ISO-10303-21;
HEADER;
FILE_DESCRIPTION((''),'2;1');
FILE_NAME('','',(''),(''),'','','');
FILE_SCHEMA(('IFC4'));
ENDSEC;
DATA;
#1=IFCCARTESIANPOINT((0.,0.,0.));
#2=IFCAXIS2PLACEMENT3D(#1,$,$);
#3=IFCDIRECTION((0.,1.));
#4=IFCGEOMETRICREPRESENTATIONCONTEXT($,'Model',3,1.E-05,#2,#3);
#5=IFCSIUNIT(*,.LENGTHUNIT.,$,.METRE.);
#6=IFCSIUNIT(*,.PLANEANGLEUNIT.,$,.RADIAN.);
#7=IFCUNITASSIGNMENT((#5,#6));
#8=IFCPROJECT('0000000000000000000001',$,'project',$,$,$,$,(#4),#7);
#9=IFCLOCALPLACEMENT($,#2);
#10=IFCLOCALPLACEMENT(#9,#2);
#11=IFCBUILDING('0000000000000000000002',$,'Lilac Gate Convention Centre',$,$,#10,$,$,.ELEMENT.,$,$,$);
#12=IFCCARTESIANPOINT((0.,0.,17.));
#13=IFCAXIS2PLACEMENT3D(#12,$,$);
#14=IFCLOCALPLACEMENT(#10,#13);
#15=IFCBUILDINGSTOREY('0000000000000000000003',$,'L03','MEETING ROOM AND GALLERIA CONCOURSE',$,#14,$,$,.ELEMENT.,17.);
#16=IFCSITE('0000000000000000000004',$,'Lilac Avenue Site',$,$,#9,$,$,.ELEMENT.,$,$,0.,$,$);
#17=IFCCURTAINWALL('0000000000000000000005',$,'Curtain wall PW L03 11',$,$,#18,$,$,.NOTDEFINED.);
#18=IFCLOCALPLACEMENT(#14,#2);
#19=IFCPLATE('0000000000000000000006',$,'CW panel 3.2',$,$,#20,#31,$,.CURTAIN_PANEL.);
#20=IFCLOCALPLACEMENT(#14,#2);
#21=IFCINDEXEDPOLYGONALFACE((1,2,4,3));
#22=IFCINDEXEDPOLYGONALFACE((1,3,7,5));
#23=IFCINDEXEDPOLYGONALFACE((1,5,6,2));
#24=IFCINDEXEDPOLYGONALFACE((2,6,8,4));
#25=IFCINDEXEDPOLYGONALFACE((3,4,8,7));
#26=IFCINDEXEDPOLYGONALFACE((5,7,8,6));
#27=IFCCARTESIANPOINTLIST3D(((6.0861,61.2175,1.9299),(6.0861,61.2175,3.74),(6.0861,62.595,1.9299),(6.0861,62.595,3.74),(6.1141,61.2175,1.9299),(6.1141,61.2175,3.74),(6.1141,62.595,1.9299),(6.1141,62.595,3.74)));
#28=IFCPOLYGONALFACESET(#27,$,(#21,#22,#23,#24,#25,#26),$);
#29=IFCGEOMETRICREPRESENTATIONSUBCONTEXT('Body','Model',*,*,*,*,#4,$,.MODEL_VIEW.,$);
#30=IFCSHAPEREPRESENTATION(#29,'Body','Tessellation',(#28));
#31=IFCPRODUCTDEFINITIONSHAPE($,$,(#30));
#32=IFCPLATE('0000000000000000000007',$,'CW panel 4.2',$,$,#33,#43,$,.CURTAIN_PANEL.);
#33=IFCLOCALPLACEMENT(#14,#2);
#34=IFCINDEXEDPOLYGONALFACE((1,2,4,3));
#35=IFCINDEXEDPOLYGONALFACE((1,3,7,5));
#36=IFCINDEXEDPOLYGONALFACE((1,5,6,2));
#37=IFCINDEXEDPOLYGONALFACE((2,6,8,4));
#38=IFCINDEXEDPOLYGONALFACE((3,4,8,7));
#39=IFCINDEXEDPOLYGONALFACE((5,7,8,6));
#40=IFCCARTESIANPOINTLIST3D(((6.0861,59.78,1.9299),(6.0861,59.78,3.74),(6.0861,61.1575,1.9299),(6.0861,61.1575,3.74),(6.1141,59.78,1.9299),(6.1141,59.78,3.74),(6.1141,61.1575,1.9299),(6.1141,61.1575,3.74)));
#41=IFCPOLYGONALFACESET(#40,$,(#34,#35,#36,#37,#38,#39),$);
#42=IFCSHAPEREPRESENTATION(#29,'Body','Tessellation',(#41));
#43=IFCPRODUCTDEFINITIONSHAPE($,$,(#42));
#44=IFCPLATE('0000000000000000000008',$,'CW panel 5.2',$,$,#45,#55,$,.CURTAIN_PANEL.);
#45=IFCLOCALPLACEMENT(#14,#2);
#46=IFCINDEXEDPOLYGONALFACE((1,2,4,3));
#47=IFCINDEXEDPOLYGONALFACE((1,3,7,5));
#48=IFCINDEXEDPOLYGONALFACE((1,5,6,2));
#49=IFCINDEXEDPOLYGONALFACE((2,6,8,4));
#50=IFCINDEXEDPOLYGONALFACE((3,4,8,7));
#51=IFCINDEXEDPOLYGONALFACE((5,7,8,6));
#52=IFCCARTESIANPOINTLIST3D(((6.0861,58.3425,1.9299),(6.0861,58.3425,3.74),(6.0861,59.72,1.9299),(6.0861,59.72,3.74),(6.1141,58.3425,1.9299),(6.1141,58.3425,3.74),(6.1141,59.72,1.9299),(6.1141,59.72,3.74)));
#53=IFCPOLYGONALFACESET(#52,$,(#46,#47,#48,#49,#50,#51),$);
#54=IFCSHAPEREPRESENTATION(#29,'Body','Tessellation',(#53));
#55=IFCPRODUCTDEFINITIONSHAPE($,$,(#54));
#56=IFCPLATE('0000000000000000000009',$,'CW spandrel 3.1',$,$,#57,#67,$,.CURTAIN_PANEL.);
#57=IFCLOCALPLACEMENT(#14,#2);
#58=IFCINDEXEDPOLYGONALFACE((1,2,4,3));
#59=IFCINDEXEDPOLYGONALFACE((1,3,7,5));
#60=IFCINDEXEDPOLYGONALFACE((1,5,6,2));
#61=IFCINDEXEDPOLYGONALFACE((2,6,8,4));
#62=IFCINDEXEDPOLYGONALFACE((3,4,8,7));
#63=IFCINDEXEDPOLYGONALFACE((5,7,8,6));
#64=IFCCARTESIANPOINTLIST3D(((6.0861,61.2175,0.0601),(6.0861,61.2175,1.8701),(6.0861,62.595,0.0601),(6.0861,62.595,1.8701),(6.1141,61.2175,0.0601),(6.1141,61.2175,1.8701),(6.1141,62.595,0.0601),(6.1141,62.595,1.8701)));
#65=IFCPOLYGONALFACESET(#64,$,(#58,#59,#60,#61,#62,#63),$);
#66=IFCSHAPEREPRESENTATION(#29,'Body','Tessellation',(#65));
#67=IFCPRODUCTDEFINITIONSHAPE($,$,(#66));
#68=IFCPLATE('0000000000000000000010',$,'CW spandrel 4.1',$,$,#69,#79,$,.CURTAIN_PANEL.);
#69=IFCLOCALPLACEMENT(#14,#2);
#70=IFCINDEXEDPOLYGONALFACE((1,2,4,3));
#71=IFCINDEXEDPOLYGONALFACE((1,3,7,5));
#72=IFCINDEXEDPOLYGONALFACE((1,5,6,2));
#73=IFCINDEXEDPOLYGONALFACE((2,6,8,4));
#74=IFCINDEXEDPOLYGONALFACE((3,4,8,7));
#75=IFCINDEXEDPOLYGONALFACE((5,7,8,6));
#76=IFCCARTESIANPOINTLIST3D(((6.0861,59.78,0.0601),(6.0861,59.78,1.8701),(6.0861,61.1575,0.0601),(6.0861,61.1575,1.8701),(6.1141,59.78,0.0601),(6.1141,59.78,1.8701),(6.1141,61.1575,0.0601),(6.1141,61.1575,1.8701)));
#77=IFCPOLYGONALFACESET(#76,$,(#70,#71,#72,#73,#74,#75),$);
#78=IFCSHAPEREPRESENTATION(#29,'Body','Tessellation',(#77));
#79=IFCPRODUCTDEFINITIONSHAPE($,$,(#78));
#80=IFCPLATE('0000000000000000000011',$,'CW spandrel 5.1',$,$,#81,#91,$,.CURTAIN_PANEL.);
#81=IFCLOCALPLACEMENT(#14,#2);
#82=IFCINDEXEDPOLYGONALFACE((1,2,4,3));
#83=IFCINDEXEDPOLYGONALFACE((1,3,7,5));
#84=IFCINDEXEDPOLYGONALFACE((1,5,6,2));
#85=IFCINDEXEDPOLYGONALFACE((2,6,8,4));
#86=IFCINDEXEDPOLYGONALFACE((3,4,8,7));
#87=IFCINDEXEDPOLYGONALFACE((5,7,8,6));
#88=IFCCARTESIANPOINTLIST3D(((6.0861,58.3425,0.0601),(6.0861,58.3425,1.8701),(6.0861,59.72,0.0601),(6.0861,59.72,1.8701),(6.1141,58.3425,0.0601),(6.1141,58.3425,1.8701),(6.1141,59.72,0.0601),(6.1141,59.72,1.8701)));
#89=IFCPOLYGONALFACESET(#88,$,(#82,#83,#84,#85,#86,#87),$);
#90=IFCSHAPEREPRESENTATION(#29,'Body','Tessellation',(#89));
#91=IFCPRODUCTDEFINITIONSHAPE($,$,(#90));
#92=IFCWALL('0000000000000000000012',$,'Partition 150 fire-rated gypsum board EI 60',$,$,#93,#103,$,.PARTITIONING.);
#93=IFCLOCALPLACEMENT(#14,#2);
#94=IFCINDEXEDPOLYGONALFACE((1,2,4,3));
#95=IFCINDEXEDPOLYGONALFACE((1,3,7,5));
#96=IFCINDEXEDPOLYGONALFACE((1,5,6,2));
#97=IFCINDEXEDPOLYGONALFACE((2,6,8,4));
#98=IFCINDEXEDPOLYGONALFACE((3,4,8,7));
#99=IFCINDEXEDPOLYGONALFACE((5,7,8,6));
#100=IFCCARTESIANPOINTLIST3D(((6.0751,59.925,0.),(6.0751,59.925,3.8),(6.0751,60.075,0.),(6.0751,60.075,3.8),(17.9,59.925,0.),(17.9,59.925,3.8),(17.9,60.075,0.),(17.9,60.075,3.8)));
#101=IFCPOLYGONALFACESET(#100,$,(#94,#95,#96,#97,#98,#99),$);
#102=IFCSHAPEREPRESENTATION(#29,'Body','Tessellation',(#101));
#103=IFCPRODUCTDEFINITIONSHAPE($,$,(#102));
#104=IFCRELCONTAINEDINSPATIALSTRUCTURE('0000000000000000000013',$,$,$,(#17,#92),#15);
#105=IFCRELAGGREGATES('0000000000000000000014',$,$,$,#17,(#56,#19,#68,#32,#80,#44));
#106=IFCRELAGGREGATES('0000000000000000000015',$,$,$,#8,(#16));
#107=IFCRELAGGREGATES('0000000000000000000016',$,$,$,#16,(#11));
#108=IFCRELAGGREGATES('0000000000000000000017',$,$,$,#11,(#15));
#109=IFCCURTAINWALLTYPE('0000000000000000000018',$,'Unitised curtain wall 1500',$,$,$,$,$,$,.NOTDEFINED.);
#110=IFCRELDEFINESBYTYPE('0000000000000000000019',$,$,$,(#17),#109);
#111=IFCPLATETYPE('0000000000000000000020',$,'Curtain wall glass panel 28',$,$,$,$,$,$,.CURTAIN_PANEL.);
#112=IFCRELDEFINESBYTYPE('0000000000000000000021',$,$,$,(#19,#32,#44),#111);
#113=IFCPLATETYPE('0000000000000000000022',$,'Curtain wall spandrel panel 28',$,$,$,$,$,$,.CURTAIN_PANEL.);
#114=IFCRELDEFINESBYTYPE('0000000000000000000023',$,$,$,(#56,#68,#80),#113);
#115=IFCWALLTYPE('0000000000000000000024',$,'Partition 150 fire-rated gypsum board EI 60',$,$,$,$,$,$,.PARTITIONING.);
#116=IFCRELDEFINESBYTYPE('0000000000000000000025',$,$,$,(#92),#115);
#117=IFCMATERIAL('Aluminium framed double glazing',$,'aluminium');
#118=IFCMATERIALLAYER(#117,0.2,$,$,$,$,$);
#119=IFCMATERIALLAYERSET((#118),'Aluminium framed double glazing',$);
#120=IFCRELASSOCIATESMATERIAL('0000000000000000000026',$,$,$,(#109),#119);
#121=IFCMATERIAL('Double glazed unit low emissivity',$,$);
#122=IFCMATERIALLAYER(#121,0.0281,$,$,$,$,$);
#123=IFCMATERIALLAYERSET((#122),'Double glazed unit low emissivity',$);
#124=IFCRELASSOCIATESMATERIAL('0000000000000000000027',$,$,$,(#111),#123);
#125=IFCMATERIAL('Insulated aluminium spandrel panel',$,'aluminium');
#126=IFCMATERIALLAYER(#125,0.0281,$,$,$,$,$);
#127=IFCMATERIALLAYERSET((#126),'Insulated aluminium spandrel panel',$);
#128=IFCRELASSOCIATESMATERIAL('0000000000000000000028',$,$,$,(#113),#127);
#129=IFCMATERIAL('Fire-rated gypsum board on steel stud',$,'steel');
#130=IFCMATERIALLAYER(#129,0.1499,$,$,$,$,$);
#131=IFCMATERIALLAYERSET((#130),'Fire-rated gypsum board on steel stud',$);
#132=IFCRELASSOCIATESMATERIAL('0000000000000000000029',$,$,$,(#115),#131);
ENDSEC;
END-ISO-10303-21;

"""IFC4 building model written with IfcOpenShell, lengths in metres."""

from ifc_helpers import new_model, si_unit, direction, frame, frame_2d, origin, origin_2d, place, context, subcontext, project, spatial, rectangle, extrude, material, layer, layer_set, type_object, element, aggregate, save


model = new_model("IFC4")

# Units and contexts
model_context = context("Model", 3, precision=1e-05, world=origin(), true_north=direction((0.0, 1.0)))
body_context = subcontext(model_context, "Body", "Model", "MODEL_VIEW")
ifc_project = project(units=[si_unit("LENGTHUNIT", "METRE"), si_unit("PLANEANGLEUNIT", "RADIAN")], contexts=[model_context])

# Site, building, storey
site_placement = place(None, origin())
site = spatial("IfcSite", under=ifc_project, at=site_placement, Name="Lilac Avenue Site", CompositionType="ELEMENT", RefElevation=0.0)
building_placement = place(site_placement, origin())
building = spatial("IfcBuilding", under=site, at=building_placement, Name="Lilac Gate Convention Centre", CompositionType="ELEMENT")
storey_placement = place(building_placement, frame((0.0, 0.0, 17.0)))
storey = spatial("IfcBuildingStorey", under=building, at=storey_placement, Name="L03", Description="MEETING ROOM AND GALLERIA CONCOURSE", CompositionType="ELEMENT", Elevation=17.0)

# Curtain wall, plates
ifc_material_1 = material(Name="Aluminium framed double glazing", Category="aluminium")
ifc_layer_1 = layer(ifc_material_1, 0.2)
ifc_layer_set_1 = layer_set([ifc_layer_1], Name="Aluminium framed double glazing")
curtain_wall_type = type_object("IfcCurtainWallType", Name="Unitised curtain wall 1500", PredefinedType="NOTDEFINED", material=ifc_layer_set_1)
curtain_wall_placement = place(storey_placement, origin())
curtain_wall = element("IfcCurtainWall", 1, at=curtain_wall_placement, inside=storey, type_object=curtain_wall_type, Name="Curtain wall PW L03 11", PredefinedType="NOTDEFINED")
ifc_material_2 = material(Name="Double glazed unit low emissivity")
ifc_layer_2 = layer(ifc_material_2, 0.0281)
ifc_layer_set_2 = layer_set([ifc_layer_2], Name="Double glazed unit low emissivity")
plate_type_1 = type_object("IfcPlateType", Name="Curtain wall glass panel 28", PredefinedType="CURTAIN_PANEL", material=ifc_layer_set_2)
plate_1_placement = place(storey_placement, frame((6.1001, 61.9062, 1.9299), z_axis=(0.0, 0.0, 1.0), x_axis=(0.0, -1.0, 0.0)))
plate_1 = element("IfcPlate", 2, at=plate_1_placement, type_object=plate_type_1, Name="CW panel 3.2", PredefinedType="CURTAIN_PANEL", context=body_context, shape_type="SweptSolid", body=[
    extrude(rectangle(XDim=1.3774, YDim=0.0281, at=origin_2d()), origin(), (0.0, 0.0, 1.0), 1.8101),
])
plate_2_placement = place(storey_placement, frame((6.1001, 60.4688, 1.9299), z_axis=(0.0, 0.0, 1.0), x_axis=(0.0, -1.0, 0.0)))
plate_2 = element("IfcPlate", 3, at=plate_2_placement, type_object=plate_type_1, Name="CW panel 4.2", PredefinedType="CURTAIN_PANEL", context=body_context, shape_type="SweptSolid", body=[
    extrude(rectangle(XDim=1.3774, YDim=0.0281, at=origin_2d()), origin(), (0.0, 0.0, 1.0), 1.8101),
])
plate_3_placement = place(storey_placement, frame((6.1001, 59.0312, 1.9299), z_axis=(0.0, 0.0, 1.0), x_axis=(0.0, -1.0, 0.0)))
plate_3 = element("IfcPlate", 4, at=plate_3_placement, type_object=plate_type_1, Name="CW panel 5.2", PredefinedType="CURTAIN_PANEL", context=body_context, shape_type="SweptSolid", body=[
    extrude(rectangle(XDim=1.3774, YDim=0.0281, at=origin_2d()), origin(), (0.0, 0.0, 1.0), 1.8101),
])
ifc_material_3 = material(Name="Insulated aluminium spandrel panel", Category="aluminium")
ifc_layer_3 = layer(ifc_material_3, 0.0281)
ifc_layer_set_3 = layer_set([ifc_layer_3], Name="Insulated aluminium spandrel panel")
plate_type_2 = type_object("IfcPlateType", Name="Curtain wall spandrel panel 28", PredefinedType="CURTAIN_PANEL", material=ifc_layer_set_3)
plate_4_placement = place(storey_placement, frame((6.1001, 61.9062, 0.0601), z_axis=(0.0, 0.0, 1.0), x_axis=(0.0, -1.0, 0.0)))
plate_4 = element("IfcPlate", 5, at=plate_4_placement, type_object=plate_type_2, Name="CW spandrel 3.1", PredefinedType="CURTAIN_PANEL", context=body_context, shape_type="SweptSolid", body=[
    extrude(rectangle(XDim=1.3774, YDim=0.0281, at=origin_2d()), origin(), (0.0, 0.0, 1.0), 1.8101),
])
plate_5_placement = place(storey_placement, frame((6.1001, 60.4688, 0.0601), z_axis=(0.0, 0.0, 1.0), x_axis=(0.0, -1.0, 0.0)))
plate_5 = element("IfcPlate", 6, at=plate_5_placement, type_object=plate_type_2, Name="CW spandrel 4.1", PredefinedType="CURTAIN_PANEL", context=body_context, shape_type="SweptSolid", body=[
    extrude(rectangle(XDim=1.3774, YDim=0.0281, at=origin_2d()), origin(), (0.0, 0.0, 1.0), 1.8101),
])
plate_6_placement = place(storey_placement, frame((6.1001, 59.0312, 0.0601), z_axis=(0.0, 0.0, 1.0), x_axis=(0.0, -1.0, 0.0)))
plate_6 = element("IfcPlate", 7, at=plate_6_placement, type_object=plate_type_2, Name="CW spandrel 5.1", PredefinedType="CURTAIN_PANEL", context=body_context, shape_type="SweptSolid", body=[
    extrude(rectangle(XDim=1.3774, YDim=0.0281, at=origin_2d()), origin(), (0.0, 0.0, 1.0), 1.8101),
])
aggregate(curtain_wall, [plate_4, plate_1, plate_5, plate_2, plate_6, plate_3])

# Wall
ifc_material_4 = material(Name="Fire-rated gypsum board on steel stud", Category="steel")
ifc_layer_4 = layer(ifc_material_4, 0.1499)
ifc_layer_set_4 = layer_set([ifc_layer_4], Name="Fire-rated gypsum board on steel stud")
wall_type = type_object("IfcWallType", Name="Partition 150 fire-rated gypsum board EI 60", PredefinedType="PARTITIONING", material=ifc_layer_set_4)
wall_placement = place(storey_placement, frame((6.075, 60.0, 0.0), z_axis=(0.0, 0.0, 1.0), x_axis=(1.0, 0.0, 0.0)))
element("IfcWall", 8, at=wall_placement, inside=storey, type_object=wall_type, Name="Partition 150 fire-rated gypsum board EI 60", PredefinedType="PARTITIONING", context=body_context, shape_type="SweptSolid", body=[
    extrude(rectangle(XDim=11.825, YDim=0.1499, at=frame_2d((5.9126, 0.0))), origin(), (0.0, 0.0, 1.0), 3.8),
])

save(model, "model.ifc")
